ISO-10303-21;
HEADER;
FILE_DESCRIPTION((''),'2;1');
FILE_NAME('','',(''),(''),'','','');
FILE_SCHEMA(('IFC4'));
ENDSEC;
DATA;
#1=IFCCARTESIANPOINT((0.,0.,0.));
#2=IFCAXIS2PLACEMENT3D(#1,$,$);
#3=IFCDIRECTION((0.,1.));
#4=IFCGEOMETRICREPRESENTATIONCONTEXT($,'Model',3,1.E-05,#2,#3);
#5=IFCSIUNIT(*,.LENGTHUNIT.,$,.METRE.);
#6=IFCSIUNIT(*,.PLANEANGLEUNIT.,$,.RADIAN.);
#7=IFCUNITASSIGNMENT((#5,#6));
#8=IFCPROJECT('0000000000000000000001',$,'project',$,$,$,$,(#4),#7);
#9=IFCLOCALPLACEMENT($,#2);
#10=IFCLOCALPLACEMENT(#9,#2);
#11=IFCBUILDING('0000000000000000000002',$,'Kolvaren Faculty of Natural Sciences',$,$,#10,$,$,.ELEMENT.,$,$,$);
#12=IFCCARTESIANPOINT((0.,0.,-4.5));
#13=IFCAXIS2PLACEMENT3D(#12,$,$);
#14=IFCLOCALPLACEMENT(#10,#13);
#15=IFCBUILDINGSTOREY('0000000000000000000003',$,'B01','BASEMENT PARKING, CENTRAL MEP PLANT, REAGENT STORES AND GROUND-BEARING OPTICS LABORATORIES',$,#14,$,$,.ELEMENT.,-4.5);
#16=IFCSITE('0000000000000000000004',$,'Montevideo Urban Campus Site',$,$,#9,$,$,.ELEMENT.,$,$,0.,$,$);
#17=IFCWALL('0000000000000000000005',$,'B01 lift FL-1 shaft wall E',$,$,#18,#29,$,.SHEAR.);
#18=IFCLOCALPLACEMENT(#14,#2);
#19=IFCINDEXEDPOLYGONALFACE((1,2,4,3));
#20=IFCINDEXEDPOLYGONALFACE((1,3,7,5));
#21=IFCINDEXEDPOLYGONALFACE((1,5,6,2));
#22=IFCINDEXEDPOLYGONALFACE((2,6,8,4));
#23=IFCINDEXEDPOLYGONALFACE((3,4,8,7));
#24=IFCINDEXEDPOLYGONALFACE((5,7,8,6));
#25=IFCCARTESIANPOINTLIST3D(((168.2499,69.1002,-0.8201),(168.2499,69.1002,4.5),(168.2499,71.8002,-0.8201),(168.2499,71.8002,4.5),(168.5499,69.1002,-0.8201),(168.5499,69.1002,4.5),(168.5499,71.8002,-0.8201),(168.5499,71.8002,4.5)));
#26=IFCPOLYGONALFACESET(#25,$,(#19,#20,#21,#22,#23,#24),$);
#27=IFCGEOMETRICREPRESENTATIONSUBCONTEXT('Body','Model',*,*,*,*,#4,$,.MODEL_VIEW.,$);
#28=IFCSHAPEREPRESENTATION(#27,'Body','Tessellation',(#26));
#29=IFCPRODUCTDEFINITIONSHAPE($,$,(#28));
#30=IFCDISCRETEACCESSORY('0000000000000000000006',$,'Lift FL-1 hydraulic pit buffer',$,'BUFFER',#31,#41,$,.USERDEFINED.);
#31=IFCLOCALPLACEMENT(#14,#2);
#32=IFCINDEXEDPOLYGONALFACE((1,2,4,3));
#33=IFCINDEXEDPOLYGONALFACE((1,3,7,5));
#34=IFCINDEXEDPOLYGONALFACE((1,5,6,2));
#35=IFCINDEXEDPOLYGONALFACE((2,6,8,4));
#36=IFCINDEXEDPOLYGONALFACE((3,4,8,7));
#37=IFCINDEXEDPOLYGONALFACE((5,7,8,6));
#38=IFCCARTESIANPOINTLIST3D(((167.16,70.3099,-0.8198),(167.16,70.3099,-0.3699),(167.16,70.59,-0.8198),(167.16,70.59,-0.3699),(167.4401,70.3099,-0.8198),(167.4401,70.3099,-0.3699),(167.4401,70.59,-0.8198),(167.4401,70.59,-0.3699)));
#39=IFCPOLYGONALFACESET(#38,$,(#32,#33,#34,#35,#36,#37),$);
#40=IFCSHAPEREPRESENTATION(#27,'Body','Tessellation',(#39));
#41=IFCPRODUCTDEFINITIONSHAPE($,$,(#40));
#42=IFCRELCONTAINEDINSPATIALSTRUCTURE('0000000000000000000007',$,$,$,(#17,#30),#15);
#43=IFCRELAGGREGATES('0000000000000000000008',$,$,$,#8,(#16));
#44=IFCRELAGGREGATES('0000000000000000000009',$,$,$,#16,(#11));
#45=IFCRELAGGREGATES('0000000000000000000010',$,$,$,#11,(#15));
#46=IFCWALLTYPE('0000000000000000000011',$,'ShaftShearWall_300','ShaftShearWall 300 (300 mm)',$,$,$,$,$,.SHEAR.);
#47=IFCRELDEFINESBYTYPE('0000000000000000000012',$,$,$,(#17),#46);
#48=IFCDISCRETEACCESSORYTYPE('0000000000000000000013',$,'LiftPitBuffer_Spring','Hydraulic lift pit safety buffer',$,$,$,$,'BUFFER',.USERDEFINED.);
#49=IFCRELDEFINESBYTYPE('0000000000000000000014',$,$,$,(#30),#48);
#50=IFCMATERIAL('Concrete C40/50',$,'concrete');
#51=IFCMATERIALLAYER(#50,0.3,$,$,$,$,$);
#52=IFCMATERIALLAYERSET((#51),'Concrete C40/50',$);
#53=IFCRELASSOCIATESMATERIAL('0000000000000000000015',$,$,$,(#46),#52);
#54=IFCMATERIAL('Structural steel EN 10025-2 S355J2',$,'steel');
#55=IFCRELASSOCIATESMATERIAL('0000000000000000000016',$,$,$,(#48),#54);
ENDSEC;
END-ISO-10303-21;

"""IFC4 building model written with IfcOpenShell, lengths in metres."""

from ifc_helpers import new_model, si_unit, direction, frame, frame_2d, origin, origin_2d, place, context, subcontext, project, spatial, rectangle, extrude, material, layer, layer_set, type_object, element, save


model = new_model("IFC4")

# Units and contexts
model_context = context("Model", 3, precision=1e-05, world=origin(), true_north=direction((0.0, 1.0)))
body_context = subcontext(model_context, "Body", "Model", "MODEL_VIEW")
ifc_project = project(units=[si_unit("LENGTHUNIT", "METRE"), si_unit("PLANEANGLEUNIT", "RADIAN")], contexts=[model_context])

# Site, building, storey
site_placement = place(None, origin())
site = spatial("IfcSite", under=ifc_project, at=site_placement, Name="Montevideo Urban Campus Site", CompositionType="ELEMENT", RefElevation=0.0)
building_placement = place(site_placement, origin())
building = spatial("IfcBuilding", under=site, at=building_placement, Name="Kolvaren Faculty of Natural Sciences", CompositionType="ELEMENT")
storey_placement = place(building_placement, frame((0.0, 0.0, -4.5)))
storey = spatial("IfcBuildingStorey", under=building, at=storey_placement, Name="B01", Description="BASEMENT PARKING, CENTRAL MEP PLANT, REAGENT STORES AND GROUND-BEARING OPTICS LABORATORIES", CompositionType="ELEMENT", Elevation=-4.5)

# Shared definitions
ifc_material_1 = material(Name="Concrete C40/50", Category="concrete")

# Shared definitions
ifc_material_2 = material(Name="Structural steel EN 10025-2 S355J2", Category="steel")

# Shared definitions
ifc_layer_1 = layer(ifc_material_1, 0.3)
ifc_layer_set_1 = layer_set([ifc_layer_1], Name="Concrete C40/50")
wall_type_1 = type_object("IfcWallType", Name="ShaftShearWall_300", Description="ShaftShearWall 300 (300 mm)", PredefinedType="SHEAR", material=ifc_layer_set_1)

# Wall
wall_1_placement = place(storey_placement, frame((168.3999, 69.1001, -0.8201), z_axis=(0.0, 0.0, 1.0), x_axis=(0.0, 1.0, 0.0)))
element("IfcWall", 1, at=wall_1_placement, inside=storey, type_object=wall_type_1, Name="B01 lift FL-1 shaft wall E", PredefinedType="SHEAR", context=body_context, shape_type="SweptSolid", body=[
    extrude(rectangle(XDim=2.7, YDim=0.3, at=frame_2d((1.3501, 0.0))), origin(), (0.0, 0.0, 1.0), 5.3201),
])

# Discrete accessory
discrete_accessory_type = type_object("IfcDiscreteAccessoryType", Name="LiftPitBuffer_Spring", Description="Hydraulic lift pit safety buffer", ElementType="BUFFER", PredefinedType="USERDEFINED", material=ifc_material_2)
discrete_accessory_placement = place(storey_placement, frame((167.3, 70.45, -0.8198), z_axis=(0.0, 0.0, 1.0), x_axis=(1.0, 0.0, 0.0)))
element("IfcDiscreteAccessory", 2, at=discrete_accessory_placement, inside=storey, type_object=discrete_accessory_type, Name="Lift FL-1 hydraulic pit buffer", ObjectType="BUFFER", PredefinedType="USERDEFINED", context=body_context, shape_type="SweptSolid", body=[
    extrude(rectangle(XDim=0.28, YDim=0.28, at=origin_2d()), origin(), (0.0, 0.0, 1.0), 0.45),
])

save(model, "model.ifc")
